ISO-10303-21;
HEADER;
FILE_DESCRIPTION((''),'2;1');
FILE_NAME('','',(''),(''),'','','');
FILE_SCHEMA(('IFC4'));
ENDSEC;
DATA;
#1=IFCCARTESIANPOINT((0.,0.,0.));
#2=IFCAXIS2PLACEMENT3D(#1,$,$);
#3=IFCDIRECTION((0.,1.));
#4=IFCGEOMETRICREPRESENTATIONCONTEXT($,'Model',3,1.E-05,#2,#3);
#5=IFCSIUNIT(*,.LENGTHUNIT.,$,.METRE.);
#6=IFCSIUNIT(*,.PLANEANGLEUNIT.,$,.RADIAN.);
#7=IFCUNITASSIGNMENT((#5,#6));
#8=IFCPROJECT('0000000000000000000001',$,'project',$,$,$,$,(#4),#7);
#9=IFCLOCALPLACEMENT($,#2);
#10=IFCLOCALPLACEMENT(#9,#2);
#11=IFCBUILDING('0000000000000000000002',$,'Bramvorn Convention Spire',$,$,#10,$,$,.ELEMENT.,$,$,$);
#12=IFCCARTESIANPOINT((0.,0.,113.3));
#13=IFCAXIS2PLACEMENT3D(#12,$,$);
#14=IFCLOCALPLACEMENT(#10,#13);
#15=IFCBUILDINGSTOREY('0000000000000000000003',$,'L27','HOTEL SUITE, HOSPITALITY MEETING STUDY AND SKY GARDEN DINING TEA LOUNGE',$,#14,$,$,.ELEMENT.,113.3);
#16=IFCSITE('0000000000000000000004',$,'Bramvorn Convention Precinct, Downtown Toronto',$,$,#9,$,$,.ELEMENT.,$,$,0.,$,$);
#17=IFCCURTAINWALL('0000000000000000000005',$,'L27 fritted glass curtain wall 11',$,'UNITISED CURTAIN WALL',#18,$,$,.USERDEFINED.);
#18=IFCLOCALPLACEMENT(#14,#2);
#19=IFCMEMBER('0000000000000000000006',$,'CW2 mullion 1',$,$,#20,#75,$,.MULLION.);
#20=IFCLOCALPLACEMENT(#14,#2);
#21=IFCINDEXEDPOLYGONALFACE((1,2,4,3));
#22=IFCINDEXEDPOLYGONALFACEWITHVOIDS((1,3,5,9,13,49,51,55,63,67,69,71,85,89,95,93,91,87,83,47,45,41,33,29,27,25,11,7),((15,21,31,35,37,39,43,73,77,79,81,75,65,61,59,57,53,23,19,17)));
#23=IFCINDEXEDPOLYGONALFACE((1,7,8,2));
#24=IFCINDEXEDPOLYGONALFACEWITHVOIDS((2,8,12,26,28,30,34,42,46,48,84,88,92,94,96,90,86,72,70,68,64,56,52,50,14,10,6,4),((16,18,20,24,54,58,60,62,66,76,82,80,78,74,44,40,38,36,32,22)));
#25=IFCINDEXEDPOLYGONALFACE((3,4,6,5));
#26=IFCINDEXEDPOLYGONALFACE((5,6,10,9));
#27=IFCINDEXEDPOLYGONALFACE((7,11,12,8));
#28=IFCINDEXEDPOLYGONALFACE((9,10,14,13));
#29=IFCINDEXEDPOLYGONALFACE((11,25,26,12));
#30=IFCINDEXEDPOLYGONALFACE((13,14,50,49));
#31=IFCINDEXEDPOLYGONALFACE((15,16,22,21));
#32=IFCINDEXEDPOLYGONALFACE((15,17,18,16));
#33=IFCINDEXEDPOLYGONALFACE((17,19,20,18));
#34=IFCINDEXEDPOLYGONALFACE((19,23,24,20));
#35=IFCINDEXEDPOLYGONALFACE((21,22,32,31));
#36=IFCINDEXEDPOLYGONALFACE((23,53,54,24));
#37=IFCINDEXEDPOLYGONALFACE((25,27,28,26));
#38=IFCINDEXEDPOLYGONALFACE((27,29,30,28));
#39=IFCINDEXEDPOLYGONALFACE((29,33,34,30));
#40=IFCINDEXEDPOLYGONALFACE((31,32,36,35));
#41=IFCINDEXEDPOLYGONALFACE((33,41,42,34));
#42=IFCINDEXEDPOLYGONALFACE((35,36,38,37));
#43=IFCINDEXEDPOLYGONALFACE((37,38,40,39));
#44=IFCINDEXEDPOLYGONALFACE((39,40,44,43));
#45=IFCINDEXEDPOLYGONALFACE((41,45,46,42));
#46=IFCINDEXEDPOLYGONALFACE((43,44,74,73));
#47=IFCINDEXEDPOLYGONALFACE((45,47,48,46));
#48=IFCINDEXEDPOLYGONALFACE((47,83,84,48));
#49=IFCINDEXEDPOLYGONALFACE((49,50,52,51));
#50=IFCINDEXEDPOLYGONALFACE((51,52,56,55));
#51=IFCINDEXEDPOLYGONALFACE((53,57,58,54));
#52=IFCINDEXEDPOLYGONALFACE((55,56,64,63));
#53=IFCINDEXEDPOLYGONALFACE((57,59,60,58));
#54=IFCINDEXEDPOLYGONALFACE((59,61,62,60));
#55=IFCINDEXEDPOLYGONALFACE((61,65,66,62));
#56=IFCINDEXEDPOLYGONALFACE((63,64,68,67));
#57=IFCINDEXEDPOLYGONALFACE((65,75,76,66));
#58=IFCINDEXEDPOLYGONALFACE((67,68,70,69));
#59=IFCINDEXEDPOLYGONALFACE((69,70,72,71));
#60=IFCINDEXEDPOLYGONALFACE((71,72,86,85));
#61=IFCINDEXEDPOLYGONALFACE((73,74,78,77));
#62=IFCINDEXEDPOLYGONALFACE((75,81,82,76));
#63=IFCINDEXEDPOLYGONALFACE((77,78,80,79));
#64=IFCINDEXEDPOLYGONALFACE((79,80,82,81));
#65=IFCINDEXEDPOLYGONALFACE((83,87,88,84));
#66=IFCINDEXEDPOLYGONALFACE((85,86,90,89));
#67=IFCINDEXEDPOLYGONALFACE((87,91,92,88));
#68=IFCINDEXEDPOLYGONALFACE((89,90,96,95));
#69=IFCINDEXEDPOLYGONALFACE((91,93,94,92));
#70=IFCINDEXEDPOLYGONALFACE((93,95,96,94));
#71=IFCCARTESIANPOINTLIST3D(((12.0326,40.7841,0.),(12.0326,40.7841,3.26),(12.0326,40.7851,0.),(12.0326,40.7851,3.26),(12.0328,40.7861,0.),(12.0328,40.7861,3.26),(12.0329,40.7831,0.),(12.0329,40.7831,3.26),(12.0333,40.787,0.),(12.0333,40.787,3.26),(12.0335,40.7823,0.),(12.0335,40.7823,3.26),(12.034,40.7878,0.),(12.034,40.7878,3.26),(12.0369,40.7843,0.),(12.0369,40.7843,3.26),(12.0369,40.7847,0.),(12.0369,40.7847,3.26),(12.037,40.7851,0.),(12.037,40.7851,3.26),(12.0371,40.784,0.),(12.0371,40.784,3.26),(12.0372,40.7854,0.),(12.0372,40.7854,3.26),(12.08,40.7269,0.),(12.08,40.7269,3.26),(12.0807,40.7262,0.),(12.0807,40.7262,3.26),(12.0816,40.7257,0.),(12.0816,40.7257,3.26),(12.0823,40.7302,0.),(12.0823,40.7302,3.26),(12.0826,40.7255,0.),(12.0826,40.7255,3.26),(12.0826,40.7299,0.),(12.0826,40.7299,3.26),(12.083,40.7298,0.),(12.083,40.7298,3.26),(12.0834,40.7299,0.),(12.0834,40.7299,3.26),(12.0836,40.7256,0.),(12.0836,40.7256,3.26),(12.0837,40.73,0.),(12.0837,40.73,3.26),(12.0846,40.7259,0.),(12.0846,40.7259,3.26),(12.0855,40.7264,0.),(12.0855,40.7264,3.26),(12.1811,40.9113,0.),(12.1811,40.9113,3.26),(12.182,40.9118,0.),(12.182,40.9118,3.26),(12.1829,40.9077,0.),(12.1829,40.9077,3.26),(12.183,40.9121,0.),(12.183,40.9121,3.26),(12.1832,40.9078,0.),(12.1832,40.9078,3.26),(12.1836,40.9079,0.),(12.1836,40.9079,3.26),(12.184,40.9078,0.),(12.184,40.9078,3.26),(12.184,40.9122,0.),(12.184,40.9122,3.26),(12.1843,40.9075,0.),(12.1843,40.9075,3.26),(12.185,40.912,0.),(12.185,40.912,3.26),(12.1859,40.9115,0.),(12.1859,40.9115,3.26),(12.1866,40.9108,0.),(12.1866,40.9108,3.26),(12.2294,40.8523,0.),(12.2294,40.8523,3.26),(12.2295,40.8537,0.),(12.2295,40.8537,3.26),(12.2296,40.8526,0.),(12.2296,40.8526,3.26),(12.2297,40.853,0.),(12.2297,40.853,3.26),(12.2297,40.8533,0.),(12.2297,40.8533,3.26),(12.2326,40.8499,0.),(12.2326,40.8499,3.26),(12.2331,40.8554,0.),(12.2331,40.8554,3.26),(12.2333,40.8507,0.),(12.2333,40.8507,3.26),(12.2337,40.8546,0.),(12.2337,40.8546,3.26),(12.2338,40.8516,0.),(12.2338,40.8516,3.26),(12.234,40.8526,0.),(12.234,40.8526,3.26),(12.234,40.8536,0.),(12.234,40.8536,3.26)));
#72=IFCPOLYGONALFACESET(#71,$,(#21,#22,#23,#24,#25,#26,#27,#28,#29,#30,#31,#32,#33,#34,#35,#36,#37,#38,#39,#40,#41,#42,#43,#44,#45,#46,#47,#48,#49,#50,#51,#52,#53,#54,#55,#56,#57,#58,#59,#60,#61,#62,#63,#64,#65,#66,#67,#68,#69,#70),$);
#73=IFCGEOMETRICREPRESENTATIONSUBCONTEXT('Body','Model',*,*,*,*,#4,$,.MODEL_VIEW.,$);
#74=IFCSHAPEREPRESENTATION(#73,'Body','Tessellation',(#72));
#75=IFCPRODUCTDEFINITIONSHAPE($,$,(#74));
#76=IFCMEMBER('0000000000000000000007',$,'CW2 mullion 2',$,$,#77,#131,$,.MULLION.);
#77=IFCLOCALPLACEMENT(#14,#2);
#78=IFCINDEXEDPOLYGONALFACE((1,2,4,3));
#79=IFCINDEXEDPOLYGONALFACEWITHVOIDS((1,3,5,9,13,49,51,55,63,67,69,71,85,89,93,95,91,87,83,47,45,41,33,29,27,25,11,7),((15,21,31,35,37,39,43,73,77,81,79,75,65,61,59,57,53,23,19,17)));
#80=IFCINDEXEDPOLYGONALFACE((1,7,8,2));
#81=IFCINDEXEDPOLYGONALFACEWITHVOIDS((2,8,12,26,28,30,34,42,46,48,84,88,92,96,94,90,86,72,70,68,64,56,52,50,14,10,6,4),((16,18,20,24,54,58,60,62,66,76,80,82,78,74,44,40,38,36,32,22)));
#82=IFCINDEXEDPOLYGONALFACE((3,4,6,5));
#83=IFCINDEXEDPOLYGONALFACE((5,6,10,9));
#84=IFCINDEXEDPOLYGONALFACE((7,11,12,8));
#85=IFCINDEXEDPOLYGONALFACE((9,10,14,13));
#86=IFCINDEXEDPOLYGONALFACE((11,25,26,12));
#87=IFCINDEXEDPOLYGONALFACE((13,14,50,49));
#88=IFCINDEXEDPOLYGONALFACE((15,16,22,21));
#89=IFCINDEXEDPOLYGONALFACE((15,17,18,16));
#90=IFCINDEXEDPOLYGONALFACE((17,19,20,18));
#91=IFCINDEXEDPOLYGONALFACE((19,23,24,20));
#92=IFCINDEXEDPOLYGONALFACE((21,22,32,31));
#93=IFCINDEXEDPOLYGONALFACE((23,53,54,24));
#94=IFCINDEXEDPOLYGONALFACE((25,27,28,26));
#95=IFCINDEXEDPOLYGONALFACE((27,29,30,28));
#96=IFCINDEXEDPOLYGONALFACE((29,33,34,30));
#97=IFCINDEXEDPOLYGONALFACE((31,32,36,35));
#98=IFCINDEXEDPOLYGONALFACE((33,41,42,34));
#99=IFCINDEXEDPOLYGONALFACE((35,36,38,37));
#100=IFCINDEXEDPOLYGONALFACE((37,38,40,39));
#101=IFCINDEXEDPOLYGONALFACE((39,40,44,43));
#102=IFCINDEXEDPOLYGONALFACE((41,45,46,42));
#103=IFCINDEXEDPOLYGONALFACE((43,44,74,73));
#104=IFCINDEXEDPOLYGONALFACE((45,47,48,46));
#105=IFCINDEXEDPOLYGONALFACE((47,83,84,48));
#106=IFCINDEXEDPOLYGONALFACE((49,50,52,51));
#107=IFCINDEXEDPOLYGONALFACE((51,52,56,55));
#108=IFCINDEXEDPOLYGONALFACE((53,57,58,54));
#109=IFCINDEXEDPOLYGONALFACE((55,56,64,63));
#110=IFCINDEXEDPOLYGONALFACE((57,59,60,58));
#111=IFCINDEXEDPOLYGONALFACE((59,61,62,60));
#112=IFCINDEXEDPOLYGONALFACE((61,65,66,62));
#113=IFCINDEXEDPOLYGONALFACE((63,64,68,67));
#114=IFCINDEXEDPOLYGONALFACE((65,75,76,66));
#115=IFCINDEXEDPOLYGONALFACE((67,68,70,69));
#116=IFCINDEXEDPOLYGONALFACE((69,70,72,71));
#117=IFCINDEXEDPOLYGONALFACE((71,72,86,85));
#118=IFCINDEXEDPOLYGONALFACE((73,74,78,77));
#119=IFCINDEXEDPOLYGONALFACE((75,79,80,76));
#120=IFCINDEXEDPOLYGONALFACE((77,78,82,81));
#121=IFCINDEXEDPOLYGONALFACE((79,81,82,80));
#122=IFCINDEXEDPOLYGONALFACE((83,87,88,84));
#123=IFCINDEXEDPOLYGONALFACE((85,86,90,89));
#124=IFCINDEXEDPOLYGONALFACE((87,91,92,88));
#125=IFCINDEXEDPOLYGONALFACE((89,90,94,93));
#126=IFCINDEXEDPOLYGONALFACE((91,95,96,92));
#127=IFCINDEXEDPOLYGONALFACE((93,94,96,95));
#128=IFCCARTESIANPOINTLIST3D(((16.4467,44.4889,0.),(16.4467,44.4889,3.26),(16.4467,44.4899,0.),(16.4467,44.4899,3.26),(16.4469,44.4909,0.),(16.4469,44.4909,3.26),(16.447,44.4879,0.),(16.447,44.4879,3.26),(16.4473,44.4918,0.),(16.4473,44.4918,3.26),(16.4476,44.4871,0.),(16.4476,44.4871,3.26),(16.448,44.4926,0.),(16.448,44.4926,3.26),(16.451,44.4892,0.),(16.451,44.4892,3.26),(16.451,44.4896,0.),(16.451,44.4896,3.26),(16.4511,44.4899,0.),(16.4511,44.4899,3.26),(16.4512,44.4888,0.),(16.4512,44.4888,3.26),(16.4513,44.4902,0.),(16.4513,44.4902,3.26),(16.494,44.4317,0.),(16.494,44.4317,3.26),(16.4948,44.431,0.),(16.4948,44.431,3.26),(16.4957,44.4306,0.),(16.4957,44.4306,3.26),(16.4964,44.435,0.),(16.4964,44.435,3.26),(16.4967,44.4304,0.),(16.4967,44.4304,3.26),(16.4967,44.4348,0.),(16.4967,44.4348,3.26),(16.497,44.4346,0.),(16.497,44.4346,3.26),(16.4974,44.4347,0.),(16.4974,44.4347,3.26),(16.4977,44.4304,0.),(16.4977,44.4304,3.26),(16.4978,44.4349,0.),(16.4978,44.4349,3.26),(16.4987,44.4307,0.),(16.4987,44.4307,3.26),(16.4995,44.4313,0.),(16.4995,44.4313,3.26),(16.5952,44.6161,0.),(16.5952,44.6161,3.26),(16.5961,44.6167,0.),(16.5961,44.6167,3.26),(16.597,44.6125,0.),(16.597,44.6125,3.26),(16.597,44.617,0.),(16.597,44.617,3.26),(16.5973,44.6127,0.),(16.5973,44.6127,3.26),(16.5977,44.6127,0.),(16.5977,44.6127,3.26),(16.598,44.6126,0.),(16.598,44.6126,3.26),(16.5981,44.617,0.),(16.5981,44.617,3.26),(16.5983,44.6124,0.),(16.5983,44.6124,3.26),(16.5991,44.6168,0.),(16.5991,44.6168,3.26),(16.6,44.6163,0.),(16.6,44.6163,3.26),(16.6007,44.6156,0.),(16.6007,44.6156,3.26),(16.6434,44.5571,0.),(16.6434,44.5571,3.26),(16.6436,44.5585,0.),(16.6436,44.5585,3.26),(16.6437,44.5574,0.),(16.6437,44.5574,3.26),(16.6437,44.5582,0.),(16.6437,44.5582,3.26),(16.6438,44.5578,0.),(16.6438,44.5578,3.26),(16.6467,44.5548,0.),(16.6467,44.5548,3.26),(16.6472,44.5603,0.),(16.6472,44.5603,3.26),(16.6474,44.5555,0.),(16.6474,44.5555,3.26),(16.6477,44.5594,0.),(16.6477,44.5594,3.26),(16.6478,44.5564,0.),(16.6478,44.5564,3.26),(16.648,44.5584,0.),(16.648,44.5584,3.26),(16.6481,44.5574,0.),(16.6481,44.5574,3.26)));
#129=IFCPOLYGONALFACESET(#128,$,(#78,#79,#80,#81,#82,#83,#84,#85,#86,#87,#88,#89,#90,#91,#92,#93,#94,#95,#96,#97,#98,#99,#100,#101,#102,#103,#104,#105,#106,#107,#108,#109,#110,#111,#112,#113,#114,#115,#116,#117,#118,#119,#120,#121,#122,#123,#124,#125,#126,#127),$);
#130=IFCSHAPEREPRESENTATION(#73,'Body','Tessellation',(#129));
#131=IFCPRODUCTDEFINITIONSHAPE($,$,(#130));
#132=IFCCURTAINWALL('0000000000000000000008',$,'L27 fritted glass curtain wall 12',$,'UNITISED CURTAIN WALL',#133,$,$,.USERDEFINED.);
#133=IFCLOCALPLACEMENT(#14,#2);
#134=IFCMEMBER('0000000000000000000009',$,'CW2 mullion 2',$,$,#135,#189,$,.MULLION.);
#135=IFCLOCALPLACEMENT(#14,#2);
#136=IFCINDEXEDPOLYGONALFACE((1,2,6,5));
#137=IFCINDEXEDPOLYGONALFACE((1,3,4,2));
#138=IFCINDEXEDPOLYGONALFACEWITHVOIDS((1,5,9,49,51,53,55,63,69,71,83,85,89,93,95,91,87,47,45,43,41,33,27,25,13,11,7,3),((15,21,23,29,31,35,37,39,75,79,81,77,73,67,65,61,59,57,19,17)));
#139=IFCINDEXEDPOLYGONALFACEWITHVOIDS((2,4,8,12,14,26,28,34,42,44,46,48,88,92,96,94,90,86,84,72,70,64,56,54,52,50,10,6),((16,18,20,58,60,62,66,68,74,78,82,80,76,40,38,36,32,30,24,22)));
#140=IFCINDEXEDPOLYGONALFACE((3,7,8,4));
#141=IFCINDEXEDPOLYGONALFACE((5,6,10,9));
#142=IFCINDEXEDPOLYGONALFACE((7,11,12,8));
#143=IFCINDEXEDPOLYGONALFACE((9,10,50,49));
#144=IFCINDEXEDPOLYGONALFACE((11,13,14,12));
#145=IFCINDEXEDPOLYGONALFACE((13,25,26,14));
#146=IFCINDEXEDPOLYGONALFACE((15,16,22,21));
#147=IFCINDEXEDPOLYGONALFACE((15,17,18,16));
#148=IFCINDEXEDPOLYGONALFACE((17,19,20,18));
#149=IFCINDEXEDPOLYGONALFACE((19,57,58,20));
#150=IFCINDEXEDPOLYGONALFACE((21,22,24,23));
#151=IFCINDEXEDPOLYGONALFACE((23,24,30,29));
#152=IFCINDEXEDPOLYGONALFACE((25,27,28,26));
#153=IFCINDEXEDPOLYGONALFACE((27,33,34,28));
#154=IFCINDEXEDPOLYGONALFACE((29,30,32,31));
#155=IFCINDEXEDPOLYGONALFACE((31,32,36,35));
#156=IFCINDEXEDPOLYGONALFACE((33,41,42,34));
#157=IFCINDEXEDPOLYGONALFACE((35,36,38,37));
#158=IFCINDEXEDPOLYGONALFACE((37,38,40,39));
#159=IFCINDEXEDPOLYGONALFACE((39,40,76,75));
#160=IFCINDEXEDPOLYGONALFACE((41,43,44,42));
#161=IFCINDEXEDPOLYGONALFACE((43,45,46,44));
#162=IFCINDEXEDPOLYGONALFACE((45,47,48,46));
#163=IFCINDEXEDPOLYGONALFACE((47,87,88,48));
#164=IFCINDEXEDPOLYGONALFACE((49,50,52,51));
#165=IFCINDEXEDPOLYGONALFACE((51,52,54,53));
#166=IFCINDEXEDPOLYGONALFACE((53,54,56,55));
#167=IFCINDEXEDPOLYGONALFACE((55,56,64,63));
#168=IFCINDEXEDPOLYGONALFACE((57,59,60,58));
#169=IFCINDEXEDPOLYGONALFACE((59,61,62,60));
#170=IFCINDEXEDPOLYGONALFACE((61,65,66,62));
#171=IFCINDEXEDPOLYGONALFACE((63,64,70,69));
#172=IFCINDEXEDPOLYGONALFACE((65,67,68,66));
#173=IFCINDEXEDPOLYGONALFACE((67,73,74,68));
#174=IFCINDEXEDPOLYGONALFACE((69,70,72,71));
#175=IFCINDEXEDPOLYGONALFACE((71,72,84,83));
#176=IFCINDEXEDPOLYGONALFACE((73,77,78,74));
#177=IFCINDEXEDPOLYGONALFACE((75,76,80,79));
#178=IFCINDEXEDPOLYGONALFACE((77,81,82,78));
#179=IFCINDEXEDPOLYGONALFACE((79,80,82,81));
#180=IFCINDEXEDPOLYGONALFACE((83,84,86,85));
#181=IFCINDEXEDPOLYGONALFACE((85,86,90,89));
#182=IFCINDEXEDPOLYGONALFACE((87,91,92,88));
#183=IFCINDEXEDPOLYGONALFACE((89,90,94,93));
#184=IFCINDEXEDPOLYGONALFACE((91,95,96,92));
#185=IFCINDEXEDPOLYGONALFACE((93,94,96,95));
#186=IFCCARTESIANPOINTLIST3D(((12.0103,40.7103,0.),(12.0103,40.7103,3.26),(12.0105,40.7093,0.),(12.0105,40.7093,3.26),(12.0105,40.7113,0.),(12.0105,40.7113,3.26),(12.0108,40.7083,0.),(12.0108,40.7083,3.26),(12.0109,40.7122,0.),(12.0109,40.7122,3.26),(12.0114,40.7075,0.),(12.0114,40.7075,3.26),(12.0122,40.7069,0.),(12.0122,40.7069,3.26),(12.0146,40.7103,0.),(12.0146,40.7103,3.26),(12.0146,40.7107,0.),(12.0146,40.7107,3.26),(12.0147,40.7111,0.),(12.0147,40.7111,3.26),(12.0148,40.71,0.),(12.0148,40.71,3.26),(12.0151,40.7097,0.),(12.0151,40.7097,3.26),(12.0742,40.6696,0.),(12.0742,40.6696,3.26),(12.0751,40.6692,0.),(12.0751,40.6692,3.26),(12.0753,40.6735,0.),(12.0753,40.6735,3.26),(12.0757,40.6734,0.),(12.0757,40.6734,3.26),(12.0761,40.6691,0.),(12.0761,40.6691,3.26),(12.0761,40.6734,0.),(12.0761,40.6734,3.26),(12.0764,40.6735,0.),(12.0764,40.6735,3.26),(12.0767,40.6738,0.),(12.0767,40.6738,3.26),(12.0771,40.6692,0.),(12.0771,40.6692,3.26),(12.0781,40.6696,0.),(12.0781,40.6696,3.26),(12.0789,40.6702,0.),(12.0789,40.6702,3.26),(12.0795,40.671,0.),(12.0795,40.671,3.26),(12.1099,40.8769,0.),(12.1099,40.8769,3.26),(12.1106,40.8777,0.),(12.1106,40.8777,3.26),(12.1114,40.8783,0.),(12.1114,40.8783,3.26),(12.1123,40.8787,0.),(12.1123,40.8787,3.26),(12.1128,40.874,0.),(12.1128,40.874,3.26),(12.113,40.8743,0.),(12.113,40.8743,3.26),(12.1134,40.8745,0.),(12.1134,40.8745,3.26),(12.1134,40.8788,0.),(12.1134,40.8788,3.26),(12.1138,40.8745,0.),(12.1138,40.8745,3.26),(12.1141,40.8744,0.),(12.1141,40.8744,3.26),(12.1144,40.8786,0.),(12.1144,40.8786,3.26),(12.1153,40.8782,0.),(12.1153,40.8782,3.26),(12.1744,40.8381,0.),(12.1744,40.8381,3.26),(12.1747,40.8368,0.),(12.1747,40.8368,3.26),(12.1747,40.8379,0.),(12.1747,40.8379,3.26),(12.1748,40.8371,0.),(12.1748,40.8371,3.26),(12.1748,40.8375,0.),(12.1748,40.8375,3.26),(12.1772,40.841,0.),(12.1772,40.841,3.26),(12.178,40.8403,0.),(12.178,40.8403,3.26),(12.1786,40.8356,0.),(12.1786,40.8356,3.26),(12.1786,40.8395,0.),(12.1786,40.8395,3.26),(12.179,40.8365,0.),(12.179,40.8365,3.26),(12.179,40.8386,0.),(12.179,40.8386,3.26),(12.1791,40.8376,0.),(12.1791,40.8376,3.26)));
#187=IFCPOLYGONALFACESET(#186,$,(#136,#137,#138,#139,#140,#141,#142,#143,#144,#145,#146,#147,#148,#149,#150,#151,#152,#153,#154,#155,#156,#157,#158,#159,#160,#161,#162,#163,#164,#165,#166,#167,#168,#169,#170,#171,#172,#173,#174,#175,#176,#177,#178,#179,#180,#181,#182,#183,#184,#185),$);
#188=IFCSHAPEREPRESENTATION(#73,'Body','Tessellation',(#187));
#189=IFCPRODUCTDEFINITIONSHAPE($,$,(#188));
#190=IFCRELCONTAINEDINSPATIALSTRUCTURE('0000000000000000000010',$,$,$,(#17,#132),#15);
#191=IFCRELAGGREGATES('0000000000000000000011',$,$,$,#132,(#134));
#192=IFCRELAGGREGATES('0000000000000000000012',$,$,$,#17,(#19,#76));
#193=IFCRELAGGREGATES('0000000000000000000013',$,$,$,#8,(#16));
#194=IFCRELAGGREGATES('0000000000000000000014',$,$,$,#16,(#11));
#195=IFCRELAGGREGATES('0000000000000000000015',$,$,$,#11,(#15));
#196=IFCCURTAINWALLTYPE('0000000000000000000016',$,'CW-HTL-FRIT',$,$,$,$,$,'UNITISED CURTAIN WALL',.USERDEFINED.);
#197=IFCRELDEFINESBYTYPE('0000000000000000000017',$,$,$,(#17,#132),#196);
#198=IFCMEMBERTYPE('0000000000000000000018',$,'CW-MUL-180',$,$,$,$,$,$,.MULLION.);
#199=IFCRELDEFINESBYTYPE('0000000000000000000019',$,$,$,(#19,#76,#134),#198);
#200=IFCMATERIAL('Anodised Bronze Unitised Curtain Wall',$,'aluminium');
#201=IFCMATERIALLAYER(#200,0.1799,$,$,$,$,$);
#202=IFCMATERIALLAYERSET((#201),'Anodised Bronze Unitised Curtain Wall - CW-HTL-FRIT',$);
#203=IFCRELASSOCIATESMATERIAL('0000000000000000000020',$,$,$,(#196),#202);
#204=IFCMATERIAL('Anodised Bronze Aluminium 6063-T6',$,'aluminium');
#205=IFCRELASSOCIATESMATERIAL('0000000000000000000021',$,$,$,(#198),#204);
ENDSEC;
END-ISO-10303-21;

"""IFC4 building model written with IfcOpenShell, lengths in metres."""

from ifc_helpers import new_model, si_unit, direction, frame, origin, origin_2d, place, context, subcontext, project, spatial, hollow_rectangle, extrude, material, layer, layer_set, material_profile, profile_set, type_object, element, aggregate, save


model = new_model("IFC4")

# Units and contexts
model_context = context("Model", 3, precision=1e-05, world=origin(), true_north=direction((0.0, 1.0)))
body_context = subcontext(model_context, "Body", "Model", "MODEL_VIEW")
ifc_project = project(units=[si_unit("LENGTHUNIT", "METRE"), si_unit("PLANEANGLEUNIT", "RADIAN")], contexts=[model_context])

# Site, building, storey
site_placement = place(None, origin())
site = spatial("IfcSite", under=ifc_project, at=site_placement, Name="Bramvorn Convention Precinct, Downtown Toronto", CompositionType="ELEMENT", RefElevation=0.0)
building_placement = place(site_placement, origin())
building = spatial("IfcBuilding", under=site, at=building_placement, Name="Bramvorn Convention Spire", CompositionType="ELEMENT")
storey_placement = place(building_placement, frame((0.0, 0.0, 113.3)))
storey = spatial("IfcBuildingStorey", under=building, at=storey_placement, Name="L27", Description="HOTEL SUITE, HOSPITALITY MEETING STUDY AND SKY GARDEN DINING TEA LOUNGE", CompositionType="ELEMENT", Elevation=113.3)

# Shared definitions
ifc_material_1 = material(Name="Anodised Bronze Unitised Curtain Wall", Category="aluminium")
ifc_layer_1 = layer(ifc_material_1, 0.1799)
ifc_layer_set_1 = layer_set([ifc_layer_1], Name="Anodised Bronze Unitised Curtain Wall - CW-HTL-FRIT")
curtain_wall_type = type_object("IfcCurtainWallType", Name="CW-HTL-FRIT", ElementType="UNITISED CURTAIN WALL", PredefinedType="USERDEFINED", material=ifc_layer_set_1)
ifc_material_2 = material(Name="Anodised Bronze Aluminium 6063-T6", Category="aluminium")
ifc_material_profile_1 = material_profile(ifc_material_2, hollow_rectangle(XDim=0.0801, YDim=0.2, WallThickness=0.0039, InnerFilletRadius=0.001, OuterFilletRadius=0.0039, at=origin_2d()))
ifc_profile_set_1 = profile_set([ifc_material_profile_1], Name="Anodised Bronze Aluminium 6063-T6 - CWM80X200")
member_type_1 = type_object("IfcMemberType", Name="CW-MUL-180", PredefinedType="MULLION", material=ifc_profile_set_1)

# Curtain wall, members
curtain_wall_1_placement = place(storey_placement, origin())
curtain_wall_1 = element("IfcCurtainWall", 1, at=curtain_wall_1_placement, inside=storey, type_object=curtain_wall_type, Name="L27 fritted glass curtain wall 11", ObjectType="UNITISED CURTAIN WALL", PredefinedType="USERDEFINED")
member_1_placement = place(storey_placement, frame((12.1333, 40.8188, 0.0), z_axis=(0.0, 0.0, 1.0), x_axis=(-0.64289, 0.765959, 0.0)))
member_1 = element("IfcMember", 2, at=member_1_placement, type_object=member_type_1, Name="CW2 mullion 1", PredefinedType="MULLION", context=body_context, shape_type="SweptSolid", body=[
    extrude(hollow_rectangle(XDim=0.0801, YDim=0.2, WallThickness=0.0039, InnerFilletRadius=0.001, OuterFilletRadius=0.0039, at=origin_2d()), origin(), (0.0, 0.0, 1.0), 3.26),
])
member_2_placement = place(storey_placement, frame((16.5474, 44.5237, 0.0), z_axis=(0.0, 0.0, 1.0), x_axis=(-0.64289, 0.765959, 0.0)))
member_2 = element("IfcMember", 3, at=member_2_placement, type_object=member_type_1, Name="CW2 mullion 2", PredefinedType="MULLION", context=body_context, shape_type="SweptSolid", body=[
    extrude(hollow_rectangle(XDim=0.0801, YDim=0.2, WallThickness=0.0039, InnerFilletRadius=0.001, OuterFilletRadius=0.0039, at=origin_2d()), origin(), (0.0, 0.0, 1.0), 3.26),
])

# Curtain wall, member
curtain_wall_2_placement = place(storey_placement, origin())
curtain_wall_2 = element("IfcCurtainWall", 4, at=curtain_wall_2_placement, inside=storey, type_object=curtain_wall_type, Name="L27 fritted glass curtain wall 12", ObjectType="UNITISED CURTAIN WALL", PredefinedType="USERDEFINED")
member_3_placement = place(storey_placement, frame((12.0947, 40.7739, 0.0), z_axis=(0.0, 0.0, 1.0), x_axis=(-0.856907, 0.51547, 0.0)))
member_3 = element("IfcMember", 5, at=member_3_placement, type_object=member_type_1, Name="CW2 mullion 2", PredefinedType="MULLION", context=body_context, shape_type="SweptSolid", body=[
    extrude(hollow_rectangle(XDim=0.0801, YDim=0.2, WallThickness=0.0039, InnerFilletRadius=0.001, OuterFilletRadius=0.0039, at=origin_2d()), origin(), (0.0, 0.0, 1.0), 3.26),
])
aggregate(curtain_wall_2, [member_3])

aggregate(curtain_wall_1, [member_1, member_2])

save(model, "model.ifc")
